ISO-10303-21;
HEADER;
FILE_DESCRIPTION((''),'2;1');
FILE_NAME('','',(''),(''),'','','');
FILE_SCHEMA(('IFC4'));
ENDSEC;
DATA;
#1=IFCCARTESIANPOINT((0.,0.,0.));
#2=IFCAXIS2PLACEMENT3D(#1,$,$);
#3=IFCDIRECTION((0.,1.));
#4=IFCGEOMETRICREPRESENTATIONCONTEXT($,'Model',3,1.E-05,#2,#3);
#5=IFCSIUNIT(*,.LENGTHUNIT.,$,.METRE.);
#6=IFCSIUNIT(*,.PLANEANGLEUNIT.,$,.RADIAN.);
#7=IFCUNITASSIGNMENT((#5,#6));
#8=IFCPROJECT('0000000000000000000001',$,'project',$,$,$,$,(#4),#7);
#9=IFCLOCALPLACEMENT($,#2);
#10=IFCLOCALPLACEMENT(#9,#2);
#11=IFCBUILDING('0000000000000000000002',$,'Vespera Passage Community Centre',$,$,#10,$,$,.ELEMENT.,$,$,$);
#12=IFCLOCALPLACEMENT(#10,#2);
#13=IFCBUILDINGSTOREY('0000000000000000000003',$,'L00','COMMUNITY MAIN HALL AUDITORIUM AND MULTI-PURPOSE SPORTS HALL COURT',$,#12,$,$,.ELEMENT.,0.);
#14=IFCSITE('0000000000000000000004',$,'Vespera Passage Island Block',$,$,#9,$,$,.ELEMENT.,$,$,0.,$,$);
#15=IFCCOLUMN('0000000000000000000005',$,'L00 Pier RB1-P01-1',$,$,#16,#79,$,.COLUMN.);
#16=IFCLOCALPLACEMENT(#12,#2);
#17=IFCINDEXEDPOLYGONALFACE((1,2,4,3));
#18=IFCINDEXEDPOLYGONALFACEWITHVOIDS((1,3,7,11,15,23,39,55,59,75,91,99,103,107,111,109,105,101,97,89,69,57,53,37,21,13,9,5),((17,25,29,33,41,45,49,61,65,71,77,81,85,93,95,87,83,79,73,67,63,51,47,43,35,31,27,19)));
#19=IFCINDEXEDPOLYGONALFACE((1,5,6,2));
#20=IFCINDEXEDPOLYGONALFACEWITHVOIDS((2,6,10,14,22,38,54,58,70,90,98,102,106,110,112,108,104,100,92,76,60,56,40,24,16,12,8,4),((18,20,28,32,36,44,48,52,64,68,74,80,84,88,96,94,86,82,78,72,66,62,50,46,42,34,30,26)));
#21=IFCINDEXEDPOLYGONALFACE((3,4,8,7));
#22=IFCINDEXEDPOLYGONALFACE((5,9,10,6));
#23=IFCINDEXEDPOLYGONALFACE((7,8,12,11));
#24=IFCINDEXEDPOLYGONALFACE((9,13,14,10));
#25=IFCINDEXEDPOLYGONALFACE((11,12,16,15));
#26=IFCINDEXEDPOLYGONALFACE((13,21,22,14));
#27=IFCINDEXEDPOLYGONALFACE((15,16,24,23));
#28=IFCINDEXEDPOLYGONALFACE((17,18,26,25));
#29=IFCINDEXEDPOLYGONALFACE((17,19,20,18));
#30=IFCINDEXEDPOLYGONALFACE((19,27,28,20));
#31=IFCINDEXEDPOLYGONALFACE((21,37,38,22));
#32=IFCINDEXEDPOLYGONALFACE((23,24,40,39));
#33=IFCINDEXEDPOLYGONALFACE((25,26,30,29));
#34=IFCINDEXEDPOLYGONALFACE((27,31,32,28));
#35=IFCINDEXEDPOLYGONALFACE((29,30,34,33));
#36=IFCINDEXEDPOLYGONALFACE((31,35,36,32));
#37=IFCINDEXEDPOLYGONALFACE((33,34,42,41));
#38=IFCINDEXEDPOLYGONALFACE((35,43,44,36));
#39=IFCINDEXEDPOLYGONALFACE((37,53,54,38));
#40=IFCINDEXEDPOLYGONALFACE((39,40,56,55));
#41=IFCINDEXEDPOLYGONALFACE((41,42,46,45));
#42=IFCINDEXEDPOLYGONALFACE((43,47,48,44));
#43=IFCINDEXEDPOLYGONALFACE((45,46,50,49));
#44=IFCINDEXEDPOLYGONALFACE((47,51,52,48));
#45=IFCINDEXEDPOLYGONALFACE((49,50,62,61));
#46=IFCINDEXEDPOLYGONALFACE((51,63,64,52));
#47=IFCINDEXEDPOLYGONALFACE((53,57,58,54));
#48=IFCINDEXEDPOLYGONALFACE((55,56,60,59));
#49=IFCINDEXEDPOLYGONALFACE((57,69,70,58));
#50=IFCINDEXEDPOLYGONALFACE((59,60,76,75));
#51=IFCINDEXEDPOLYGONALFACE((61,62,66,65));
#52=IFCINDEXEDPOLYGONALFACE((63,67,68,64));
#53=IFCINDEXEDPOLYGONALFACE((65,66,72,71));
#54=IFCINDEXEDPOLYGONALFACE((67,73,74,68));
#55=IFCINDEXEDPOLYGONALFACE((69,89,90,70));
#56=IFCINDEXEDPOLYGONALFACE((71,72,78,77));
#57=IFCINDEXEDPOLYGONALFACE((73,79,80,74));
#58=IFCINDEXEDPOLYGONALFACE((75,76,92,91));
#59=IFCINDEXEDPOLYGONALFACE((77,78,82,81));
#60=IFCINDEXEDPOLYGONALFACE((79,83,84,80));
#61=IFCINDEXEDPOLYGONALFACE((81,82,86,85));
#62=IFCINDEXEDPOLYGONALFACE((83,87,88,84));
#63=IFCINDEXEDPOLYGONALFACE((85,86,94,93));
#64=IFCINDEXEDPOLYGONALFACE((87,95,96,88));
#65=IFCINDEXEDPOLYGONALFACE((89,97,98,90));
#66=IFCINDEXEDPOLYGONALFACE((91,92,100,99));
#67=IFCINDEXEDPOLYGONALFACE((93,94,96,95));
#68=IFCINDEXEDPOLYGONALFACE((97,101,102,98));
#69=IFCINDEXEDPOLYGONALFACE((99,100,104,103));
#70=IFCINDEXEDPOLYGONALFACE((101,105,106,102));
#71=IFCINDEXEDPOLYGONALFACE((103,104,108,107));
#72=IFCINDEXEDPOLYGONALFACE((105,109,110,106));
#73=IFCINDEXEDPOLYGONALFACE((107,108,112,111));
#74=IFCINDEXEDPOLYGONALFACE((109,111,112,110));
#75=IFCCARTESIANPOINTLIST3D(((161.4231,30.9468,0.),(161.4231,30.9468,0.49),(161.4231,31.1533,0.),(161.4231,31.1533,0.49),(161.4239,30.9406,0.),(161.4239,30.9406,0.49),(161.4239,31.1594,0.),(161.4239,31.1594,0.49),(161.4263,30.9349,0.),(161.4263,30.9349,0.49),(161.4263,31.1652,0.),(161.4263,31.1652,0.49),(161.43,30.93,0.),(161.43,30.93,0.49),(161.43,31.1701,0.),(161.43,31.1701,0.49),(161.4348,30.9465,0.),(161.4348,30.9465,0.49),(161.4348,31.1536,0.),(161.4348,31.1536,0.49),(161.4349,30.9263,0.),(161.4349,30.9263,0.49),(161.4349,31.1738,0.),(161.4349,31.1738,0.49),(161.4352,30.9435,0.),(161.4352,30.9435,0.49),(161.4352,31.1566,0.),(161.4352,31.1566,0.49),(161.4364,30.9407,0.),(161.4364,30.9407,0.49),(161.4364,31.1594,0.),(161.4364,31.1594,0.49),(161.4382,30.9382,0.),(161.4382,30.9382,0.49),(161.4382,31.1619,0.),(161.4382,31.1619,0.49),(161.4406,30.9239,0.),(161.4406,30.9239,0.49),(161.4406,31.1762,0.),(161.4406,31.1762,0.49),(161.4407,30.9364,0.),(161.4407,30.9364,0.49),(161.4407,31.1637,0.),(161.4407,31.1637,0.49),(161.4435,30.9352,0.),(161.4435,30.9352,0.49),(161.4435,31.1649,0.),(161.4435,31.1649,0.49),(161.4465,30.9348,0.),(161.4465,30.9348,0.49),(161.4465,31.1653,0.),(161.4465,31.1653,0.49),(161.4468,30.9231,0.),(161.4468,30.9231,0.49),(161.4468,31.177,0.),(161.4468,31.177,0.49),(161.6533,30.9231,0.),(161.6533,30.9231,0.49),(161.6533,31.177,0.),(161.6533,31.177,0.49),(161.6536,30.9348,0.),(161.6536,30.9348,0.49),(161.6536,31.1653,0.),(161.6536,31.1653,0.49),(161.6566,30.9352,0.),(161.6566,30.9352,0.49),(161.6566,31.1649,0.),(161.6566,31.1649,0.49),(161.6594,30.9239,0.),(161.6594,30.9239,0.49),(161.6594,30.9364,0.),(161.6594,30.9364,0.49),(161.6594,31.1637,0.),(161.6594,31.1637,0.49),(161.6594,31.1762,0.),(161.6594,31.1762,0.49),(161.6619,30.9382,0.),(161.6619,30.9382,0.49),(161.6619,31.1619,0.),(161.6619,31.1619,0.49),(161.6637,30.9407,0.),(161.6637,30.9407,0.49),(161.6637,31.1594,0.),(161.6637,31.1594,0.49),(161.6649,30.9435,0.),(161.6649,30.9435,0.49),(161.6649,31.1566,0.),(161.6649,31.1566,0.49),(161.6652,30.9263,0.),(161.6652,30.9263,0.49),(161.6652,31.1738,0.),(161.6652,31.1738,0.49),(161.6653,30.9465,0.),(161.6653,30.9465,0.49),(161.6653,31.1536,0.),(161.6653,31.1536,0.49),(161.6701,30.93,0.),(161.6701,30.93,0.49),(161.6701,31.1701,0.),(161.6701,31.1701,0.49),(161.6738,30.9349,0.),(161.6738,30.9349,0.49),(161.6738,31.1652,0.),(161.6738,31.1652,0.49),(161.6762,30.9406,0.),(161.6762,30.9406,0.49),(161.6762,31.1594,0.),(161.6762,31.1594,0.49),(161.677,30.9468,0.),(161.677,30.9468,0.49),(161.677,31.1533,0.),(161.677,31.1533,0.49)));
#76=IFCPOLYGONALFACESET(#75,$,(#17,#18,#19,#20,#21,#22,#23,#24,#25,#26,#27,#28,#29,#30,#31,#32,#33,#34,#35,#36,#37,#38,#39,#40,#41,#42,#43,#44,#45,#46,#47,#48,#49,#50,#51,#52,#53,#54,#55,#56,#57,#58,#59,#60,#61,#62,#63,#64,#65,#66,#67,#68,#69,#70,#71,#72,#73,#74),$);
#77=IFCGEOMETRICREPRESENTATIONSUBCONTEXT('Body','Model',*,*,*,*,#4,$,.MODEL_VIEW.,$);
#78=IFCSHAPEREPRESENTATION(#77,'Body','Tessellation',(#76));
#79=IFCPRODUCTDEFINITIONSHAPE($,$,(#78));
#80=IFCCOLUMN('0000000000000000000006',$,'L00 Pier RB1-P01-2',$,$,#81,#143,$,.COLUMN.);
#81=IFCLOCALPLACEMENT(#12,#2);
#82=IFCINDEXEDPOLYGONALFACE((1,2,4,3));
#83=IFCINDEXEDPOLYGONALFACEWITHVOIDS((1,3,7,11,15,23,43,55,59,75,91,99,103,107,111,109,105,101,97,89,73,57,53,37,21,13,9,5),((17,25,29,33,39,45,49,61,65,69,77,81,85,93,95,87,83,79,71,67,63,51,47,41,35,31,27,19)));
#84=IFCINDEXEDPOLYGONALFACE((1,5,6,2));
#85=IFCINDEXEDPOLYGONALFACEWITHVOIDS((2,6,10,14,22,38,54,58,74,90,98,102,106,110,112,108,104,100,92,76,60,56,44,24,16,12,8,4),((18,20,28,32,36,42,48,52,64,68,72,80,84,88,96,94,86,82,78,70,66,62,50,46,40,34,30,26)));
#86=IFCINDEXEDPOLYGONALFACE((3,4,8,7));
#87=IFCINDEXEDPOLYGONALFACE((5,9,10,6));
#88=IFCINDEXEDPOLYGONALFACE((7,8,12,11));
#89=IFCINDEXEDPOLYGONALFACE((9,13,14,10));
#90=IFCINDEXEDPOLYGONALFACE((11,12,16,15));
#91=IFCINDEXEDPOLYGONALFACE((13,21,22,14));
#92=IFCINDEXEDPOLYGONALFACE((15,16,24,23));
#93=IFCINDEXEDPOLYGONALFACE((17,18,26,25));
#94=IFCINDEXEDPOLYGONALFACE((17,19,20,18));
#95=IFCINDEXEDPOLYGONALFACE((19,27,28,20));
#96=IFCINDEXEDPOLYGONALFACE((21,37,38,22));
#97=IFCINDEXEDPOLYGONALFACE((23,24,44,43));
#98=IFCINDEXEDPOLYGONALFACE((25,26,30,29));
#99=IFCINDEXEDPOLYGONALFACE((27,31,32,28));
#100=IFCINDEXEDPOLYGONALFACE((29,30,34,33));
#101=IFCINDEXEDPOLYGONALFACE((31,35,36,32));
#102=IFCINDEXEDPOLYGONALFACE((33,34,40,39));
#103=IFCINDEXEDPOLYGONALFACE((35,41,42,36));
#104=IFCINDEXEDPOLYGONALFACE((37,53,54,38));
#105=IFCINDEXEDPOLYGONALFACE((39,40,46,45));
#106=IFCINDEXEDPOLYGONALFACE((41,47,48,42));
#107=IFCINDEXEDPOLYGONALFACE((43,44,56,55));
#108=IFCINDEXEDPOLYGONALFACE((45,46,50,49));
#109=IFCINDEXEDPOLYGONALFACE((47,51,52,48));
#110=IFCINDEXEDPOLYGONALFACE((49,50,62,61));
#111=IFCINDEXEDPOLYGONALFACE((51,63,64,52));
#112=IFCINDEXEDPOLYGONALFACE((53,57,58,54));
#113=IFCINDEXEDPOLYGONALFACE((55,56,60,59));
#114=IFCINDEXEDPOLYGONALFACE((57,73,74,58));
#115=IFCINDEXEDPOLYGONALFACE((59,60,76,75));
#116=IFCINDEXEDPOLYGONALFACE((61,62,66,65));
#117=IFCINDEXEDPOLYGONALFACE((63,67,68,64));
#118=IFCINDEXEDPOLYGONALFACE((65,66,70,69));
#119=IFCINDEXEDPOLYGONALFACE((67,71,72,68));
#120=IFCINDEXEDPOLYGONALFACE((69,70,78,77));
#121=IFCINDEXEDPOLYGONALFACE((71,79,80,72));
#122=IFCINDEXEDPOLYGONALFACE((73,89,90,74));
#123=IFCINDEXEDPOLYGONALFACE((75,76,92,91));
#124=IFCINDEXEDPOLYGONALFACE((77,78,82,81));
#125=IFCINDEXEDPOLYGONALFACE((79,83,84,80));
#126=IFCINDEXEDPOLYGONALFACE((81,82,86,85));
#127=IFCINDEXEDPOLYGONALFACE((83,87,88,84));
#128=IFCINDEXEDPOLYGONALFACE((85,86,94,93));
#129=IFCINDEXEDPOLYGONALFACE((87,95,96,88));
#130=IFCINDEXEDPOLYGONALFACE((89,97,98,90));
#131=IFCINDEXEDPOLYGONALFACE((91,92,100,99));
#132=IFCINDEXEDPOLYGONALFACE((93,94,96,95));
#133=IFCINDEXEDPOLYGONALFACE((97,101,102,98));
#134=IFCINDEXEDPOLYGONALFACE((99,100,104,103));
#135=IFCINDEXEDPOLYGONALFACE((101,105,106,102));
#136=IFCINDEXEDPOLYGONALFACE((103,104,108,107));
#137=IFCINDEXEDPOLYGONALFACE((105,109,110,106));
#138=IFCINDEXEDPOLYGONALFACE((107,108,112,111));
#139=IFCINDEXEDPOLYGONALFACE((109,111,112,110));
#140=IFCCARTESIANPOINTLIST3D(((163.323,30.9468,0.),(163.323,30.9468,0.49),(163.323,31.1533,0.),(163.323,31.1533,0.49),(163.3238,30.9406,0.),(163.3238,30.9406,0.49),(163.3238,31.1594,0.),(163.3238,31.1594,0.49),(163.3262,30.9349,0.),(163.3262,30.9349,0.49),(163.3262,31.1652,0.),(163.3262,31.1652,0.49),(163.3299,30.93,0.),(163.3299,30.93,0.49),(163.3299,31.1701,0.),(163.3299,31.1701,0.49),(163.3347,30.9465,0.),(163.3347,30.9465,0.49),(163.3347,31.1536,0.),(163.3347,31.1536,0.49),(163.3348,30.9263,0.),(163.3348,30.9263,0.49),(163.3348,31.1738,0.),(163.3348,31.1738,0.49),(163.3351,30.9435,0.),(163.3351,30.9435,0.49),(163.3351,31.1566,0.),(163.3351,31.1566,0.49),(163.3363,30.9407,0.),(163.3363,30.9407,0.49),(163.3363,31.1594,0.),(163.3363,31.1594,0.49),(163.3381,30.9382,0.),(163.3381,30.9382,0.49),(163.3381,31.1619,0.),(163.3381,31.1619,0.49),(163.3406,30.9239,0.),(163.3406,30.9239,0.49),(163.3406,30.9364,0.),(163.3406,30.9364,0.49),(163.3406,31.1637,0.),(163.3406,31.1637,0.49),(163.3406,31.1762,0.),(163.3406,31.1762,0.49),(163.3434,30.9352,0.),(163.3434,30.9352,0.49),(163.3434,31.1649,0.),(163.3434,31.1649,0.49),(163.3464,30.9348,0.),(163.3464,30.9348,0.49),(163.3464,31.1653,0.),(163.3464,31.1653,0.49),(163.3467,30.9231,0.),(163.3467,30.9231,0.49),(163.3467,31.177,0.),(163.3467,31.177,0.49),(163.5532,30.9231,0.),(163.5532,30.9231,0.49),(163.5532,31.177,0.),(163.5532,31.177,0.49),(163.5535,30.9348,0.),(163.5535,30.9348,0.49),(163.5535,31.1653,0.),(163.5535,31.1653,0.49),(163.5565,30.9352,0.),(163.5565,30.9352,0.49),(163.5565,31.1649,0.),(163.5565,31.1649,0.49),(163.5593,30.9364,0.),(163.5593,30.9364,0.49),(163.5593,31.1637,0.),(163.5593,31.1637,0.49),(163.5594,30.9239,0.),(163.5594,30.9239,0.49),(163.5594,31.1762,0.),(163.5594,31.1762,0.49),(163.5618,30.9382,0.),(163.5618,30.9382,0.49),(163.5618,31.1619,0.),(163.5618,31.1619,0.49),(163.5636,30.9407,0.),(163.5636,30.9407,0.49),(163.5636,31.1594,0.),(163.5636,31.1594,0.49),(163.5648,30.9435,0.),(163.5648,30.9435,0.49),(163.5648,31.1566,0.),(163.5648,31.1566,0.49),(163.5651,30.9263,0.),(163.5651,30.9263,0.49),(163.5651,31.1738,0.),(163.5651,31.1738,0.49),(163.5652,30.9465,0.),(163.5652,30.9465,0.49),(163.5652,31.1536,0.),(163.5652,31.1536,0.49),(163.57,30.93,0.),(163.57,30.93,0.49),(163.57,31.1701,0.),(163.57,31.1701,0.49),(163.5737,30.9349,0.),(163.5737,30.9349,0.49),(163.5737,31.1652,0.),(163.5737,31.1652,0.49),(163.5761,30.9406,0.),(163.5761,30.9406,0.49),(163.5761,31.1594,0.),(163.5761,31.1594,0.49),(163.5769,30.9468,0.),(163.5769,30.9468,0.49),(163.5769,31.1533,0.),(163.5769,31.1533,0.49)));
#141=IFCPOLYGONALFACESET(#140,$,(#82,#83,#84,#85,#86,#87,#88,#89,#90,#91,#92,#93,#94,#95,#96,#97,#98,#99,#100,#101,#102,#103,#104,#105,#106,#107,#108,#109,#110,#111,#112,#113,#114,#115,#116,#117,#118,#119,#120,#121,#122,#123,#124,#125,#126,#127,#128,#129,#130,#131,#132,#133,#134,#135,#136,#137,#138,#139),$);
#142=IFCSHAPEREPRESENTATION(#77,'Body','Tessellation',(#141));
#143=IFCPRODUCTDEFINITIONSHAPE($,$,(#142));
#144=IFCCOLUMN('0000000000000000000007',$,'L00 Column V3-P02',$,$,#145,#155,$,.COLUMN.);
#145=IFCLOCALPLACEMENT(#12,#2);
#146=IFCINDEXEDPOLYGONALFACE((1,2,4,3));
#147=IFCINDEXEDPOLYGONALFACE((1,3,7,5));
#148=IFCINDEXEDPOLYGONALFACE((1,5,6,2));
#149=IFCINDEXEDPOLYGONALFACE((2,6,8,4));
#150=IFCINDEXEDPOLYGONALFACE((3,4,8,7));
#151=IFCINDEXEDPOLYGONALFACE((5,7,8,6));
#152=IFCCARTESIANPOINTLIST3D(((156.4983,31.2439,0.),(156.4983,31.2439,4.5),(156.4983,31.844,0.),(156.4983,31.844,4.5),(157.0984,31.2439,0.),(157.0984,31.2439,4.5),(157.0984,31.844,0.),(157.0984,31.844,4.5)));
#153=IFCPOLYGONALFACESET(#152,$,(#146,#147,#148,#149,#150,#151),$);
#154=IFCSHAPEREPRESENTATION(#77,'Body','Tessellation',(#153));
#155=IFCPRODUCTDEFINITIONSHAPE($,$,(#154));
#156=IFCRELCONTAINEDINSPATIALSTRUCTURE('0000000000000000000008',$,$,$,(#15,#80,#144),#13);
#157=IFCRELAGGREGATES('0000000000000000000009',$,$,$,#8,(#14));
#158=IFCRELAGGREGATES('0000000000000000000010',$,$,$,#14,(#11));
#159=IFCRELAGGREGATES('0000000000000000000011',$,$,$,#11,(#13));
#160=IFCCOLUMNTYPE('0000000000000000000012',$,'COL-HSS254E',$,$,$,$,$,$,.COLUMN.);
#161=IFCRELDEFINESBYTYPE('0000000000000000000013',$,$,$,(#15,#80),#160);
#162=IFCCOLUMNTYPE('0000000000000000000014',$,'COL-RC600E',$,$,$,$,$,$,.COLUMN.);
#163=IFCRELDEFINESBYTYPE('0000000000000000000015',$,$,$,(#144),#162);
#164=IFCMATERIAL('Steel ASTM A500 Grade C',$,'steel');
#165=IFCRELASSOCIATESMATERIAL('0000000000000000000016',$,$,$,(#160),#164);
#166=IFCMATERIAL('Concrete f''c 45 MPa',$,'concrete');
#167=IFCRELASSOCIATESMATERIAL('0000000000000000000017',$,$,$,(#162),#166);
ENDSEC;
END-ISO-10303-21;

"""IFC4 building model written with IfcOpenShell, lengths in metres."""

from ifc_helpers import new_model, si_unit, direction, frame, origin, origin_2d, place, context, subcontext, project, spatial, rectangle, hollow_rectangle, extrude, material, material_profile, profile_set, type_object, element, save


model = new_model("IFC4")

# Units and contexts
model_context = context("Model", 3, precision=1e-05, world=origin(), true_north=direction((0.0, 1.0)))
body_context = subcontext(model_context, "Body", "Model", "MODEL_VIEW")
ifc_project = project(units=[si_unit("LENGTHUNIT", "METRE"), si_unit("PLANEANGLEUNIT", "RADIAN")], contexts=[model_context])

# Site, building, storey
site_placement = place(None, origin())
site = spatial("IfcSite", under=ifc_project, at=site_placement, Name="Vespera Passage Island Block", CompositionType="ELEMENT", RefElevation=0.0)
building_placement = place(site_placement, origin())
building = spatial("IfcBuilding", under=site, at=building_placement, Name="Vespera Passage Community Centre", CompositionType="ELEMENT")
storey_placement = place(building_placement, origin())
storey = spatial("IfcBuildingStorey", under=building, at=storey_placement, Name="L00", Description="COMMUNITY MAIN HALL AUDITORIUM AND MULTI-PURPOSE SPORTS HALL COURT", CompositionType="ELEMENT", Elevation=0.0)

# Columns
ifc_material_1 = material(Name="Steel ASTM A500 Grade C", Category="steel")
ifc_material_profile_1 = material_profile(ifc_material_1, hollow_rectangle(XDim=0.2539, YDim=0.2539, WallThickness=0.0117, InnerFilletRadius=0.0117, OuterFilletRadius=0.0237, at=origin_2d()), Name="HSS254X254X12.7")
ifc_profile_set_1 = profile_set([ifc_material_profile_1], Name="Steel ASTM A500 Grade C")
column_type_1 = type_object("IfcColumnType", Name="COL-HSS254E", PredefinedType="COLUMN", material=ifc_profile_set_1)
for number, where, z_axis, x_axis, name in (
    (1, (161.55, 31.05, 0.0), (0.0, 0.0, 1.0), (1.0, 0.0, 0.0), "L00 Pier RB1-P01-1"),
    (2, (163.45, 31.05, 0.0), (0.0, 0.0, 1.0), (1.0, 0.0, 0.0), "L00 Pier RB1-P01-2"),
):
    element("IfcColumn", number, at=place(storey_placement, frame(where, z_axis=z_axis, x_axis=x_axis)), inside=storey, type_object=column_type_1, Name=name, PredefinedType="COLUMN", context=body_context, shape_type="SweptSolid", body=[
        extrude(hollow_rectangle(XDim=0.2539, YDim=0.2539, WallThickness=0.0117, InnerFilletRadius=0.0117, OuterFilletRadius=0.0237, at=origin_2d()), origin(), (0.0, 0.0, 1.0), 0.49),
    ])
ifc_material_2 = material(Name="Concrete f'c 45 MPa", Category="concrete")
ifc_material_profile_2 = material_profile(ifc_material_2, rectangle(XDim=0.6001, YDim=0.6001, at=origin_2d()), Name="RC600X600")
ifc_profile_set_2 = profile_set([ifc_material_profile_2], Name="Concrete f'c 45 MPa")
column_type_2 = type_object("IfcColumnType", Name="COL-RC600E", PredefinedType="COLUMN", material=ifc_profile_set_2)
column_placement = place(storey_placement, frame((156.7983, 31.5439, 0.0), z_axis=(0.0, 0.0, 1.0), x_axis=(1.0, 0.0, 0.0)))
element("IfcColumn", 3, at=column_placement, inside=storey, type_object=column_type_2, Name="L00 Column V3-P02", PredefinedType="COLUMN", context=body_context, shape_type="SweptSolid", body=[
    extrude(rectangle(XDim=0.6001, YDim=0.6001, at=origin_2d()), origin(), (0.0, 0.0, 1.0), 4.5),
])

save(model, "model.ifc")
